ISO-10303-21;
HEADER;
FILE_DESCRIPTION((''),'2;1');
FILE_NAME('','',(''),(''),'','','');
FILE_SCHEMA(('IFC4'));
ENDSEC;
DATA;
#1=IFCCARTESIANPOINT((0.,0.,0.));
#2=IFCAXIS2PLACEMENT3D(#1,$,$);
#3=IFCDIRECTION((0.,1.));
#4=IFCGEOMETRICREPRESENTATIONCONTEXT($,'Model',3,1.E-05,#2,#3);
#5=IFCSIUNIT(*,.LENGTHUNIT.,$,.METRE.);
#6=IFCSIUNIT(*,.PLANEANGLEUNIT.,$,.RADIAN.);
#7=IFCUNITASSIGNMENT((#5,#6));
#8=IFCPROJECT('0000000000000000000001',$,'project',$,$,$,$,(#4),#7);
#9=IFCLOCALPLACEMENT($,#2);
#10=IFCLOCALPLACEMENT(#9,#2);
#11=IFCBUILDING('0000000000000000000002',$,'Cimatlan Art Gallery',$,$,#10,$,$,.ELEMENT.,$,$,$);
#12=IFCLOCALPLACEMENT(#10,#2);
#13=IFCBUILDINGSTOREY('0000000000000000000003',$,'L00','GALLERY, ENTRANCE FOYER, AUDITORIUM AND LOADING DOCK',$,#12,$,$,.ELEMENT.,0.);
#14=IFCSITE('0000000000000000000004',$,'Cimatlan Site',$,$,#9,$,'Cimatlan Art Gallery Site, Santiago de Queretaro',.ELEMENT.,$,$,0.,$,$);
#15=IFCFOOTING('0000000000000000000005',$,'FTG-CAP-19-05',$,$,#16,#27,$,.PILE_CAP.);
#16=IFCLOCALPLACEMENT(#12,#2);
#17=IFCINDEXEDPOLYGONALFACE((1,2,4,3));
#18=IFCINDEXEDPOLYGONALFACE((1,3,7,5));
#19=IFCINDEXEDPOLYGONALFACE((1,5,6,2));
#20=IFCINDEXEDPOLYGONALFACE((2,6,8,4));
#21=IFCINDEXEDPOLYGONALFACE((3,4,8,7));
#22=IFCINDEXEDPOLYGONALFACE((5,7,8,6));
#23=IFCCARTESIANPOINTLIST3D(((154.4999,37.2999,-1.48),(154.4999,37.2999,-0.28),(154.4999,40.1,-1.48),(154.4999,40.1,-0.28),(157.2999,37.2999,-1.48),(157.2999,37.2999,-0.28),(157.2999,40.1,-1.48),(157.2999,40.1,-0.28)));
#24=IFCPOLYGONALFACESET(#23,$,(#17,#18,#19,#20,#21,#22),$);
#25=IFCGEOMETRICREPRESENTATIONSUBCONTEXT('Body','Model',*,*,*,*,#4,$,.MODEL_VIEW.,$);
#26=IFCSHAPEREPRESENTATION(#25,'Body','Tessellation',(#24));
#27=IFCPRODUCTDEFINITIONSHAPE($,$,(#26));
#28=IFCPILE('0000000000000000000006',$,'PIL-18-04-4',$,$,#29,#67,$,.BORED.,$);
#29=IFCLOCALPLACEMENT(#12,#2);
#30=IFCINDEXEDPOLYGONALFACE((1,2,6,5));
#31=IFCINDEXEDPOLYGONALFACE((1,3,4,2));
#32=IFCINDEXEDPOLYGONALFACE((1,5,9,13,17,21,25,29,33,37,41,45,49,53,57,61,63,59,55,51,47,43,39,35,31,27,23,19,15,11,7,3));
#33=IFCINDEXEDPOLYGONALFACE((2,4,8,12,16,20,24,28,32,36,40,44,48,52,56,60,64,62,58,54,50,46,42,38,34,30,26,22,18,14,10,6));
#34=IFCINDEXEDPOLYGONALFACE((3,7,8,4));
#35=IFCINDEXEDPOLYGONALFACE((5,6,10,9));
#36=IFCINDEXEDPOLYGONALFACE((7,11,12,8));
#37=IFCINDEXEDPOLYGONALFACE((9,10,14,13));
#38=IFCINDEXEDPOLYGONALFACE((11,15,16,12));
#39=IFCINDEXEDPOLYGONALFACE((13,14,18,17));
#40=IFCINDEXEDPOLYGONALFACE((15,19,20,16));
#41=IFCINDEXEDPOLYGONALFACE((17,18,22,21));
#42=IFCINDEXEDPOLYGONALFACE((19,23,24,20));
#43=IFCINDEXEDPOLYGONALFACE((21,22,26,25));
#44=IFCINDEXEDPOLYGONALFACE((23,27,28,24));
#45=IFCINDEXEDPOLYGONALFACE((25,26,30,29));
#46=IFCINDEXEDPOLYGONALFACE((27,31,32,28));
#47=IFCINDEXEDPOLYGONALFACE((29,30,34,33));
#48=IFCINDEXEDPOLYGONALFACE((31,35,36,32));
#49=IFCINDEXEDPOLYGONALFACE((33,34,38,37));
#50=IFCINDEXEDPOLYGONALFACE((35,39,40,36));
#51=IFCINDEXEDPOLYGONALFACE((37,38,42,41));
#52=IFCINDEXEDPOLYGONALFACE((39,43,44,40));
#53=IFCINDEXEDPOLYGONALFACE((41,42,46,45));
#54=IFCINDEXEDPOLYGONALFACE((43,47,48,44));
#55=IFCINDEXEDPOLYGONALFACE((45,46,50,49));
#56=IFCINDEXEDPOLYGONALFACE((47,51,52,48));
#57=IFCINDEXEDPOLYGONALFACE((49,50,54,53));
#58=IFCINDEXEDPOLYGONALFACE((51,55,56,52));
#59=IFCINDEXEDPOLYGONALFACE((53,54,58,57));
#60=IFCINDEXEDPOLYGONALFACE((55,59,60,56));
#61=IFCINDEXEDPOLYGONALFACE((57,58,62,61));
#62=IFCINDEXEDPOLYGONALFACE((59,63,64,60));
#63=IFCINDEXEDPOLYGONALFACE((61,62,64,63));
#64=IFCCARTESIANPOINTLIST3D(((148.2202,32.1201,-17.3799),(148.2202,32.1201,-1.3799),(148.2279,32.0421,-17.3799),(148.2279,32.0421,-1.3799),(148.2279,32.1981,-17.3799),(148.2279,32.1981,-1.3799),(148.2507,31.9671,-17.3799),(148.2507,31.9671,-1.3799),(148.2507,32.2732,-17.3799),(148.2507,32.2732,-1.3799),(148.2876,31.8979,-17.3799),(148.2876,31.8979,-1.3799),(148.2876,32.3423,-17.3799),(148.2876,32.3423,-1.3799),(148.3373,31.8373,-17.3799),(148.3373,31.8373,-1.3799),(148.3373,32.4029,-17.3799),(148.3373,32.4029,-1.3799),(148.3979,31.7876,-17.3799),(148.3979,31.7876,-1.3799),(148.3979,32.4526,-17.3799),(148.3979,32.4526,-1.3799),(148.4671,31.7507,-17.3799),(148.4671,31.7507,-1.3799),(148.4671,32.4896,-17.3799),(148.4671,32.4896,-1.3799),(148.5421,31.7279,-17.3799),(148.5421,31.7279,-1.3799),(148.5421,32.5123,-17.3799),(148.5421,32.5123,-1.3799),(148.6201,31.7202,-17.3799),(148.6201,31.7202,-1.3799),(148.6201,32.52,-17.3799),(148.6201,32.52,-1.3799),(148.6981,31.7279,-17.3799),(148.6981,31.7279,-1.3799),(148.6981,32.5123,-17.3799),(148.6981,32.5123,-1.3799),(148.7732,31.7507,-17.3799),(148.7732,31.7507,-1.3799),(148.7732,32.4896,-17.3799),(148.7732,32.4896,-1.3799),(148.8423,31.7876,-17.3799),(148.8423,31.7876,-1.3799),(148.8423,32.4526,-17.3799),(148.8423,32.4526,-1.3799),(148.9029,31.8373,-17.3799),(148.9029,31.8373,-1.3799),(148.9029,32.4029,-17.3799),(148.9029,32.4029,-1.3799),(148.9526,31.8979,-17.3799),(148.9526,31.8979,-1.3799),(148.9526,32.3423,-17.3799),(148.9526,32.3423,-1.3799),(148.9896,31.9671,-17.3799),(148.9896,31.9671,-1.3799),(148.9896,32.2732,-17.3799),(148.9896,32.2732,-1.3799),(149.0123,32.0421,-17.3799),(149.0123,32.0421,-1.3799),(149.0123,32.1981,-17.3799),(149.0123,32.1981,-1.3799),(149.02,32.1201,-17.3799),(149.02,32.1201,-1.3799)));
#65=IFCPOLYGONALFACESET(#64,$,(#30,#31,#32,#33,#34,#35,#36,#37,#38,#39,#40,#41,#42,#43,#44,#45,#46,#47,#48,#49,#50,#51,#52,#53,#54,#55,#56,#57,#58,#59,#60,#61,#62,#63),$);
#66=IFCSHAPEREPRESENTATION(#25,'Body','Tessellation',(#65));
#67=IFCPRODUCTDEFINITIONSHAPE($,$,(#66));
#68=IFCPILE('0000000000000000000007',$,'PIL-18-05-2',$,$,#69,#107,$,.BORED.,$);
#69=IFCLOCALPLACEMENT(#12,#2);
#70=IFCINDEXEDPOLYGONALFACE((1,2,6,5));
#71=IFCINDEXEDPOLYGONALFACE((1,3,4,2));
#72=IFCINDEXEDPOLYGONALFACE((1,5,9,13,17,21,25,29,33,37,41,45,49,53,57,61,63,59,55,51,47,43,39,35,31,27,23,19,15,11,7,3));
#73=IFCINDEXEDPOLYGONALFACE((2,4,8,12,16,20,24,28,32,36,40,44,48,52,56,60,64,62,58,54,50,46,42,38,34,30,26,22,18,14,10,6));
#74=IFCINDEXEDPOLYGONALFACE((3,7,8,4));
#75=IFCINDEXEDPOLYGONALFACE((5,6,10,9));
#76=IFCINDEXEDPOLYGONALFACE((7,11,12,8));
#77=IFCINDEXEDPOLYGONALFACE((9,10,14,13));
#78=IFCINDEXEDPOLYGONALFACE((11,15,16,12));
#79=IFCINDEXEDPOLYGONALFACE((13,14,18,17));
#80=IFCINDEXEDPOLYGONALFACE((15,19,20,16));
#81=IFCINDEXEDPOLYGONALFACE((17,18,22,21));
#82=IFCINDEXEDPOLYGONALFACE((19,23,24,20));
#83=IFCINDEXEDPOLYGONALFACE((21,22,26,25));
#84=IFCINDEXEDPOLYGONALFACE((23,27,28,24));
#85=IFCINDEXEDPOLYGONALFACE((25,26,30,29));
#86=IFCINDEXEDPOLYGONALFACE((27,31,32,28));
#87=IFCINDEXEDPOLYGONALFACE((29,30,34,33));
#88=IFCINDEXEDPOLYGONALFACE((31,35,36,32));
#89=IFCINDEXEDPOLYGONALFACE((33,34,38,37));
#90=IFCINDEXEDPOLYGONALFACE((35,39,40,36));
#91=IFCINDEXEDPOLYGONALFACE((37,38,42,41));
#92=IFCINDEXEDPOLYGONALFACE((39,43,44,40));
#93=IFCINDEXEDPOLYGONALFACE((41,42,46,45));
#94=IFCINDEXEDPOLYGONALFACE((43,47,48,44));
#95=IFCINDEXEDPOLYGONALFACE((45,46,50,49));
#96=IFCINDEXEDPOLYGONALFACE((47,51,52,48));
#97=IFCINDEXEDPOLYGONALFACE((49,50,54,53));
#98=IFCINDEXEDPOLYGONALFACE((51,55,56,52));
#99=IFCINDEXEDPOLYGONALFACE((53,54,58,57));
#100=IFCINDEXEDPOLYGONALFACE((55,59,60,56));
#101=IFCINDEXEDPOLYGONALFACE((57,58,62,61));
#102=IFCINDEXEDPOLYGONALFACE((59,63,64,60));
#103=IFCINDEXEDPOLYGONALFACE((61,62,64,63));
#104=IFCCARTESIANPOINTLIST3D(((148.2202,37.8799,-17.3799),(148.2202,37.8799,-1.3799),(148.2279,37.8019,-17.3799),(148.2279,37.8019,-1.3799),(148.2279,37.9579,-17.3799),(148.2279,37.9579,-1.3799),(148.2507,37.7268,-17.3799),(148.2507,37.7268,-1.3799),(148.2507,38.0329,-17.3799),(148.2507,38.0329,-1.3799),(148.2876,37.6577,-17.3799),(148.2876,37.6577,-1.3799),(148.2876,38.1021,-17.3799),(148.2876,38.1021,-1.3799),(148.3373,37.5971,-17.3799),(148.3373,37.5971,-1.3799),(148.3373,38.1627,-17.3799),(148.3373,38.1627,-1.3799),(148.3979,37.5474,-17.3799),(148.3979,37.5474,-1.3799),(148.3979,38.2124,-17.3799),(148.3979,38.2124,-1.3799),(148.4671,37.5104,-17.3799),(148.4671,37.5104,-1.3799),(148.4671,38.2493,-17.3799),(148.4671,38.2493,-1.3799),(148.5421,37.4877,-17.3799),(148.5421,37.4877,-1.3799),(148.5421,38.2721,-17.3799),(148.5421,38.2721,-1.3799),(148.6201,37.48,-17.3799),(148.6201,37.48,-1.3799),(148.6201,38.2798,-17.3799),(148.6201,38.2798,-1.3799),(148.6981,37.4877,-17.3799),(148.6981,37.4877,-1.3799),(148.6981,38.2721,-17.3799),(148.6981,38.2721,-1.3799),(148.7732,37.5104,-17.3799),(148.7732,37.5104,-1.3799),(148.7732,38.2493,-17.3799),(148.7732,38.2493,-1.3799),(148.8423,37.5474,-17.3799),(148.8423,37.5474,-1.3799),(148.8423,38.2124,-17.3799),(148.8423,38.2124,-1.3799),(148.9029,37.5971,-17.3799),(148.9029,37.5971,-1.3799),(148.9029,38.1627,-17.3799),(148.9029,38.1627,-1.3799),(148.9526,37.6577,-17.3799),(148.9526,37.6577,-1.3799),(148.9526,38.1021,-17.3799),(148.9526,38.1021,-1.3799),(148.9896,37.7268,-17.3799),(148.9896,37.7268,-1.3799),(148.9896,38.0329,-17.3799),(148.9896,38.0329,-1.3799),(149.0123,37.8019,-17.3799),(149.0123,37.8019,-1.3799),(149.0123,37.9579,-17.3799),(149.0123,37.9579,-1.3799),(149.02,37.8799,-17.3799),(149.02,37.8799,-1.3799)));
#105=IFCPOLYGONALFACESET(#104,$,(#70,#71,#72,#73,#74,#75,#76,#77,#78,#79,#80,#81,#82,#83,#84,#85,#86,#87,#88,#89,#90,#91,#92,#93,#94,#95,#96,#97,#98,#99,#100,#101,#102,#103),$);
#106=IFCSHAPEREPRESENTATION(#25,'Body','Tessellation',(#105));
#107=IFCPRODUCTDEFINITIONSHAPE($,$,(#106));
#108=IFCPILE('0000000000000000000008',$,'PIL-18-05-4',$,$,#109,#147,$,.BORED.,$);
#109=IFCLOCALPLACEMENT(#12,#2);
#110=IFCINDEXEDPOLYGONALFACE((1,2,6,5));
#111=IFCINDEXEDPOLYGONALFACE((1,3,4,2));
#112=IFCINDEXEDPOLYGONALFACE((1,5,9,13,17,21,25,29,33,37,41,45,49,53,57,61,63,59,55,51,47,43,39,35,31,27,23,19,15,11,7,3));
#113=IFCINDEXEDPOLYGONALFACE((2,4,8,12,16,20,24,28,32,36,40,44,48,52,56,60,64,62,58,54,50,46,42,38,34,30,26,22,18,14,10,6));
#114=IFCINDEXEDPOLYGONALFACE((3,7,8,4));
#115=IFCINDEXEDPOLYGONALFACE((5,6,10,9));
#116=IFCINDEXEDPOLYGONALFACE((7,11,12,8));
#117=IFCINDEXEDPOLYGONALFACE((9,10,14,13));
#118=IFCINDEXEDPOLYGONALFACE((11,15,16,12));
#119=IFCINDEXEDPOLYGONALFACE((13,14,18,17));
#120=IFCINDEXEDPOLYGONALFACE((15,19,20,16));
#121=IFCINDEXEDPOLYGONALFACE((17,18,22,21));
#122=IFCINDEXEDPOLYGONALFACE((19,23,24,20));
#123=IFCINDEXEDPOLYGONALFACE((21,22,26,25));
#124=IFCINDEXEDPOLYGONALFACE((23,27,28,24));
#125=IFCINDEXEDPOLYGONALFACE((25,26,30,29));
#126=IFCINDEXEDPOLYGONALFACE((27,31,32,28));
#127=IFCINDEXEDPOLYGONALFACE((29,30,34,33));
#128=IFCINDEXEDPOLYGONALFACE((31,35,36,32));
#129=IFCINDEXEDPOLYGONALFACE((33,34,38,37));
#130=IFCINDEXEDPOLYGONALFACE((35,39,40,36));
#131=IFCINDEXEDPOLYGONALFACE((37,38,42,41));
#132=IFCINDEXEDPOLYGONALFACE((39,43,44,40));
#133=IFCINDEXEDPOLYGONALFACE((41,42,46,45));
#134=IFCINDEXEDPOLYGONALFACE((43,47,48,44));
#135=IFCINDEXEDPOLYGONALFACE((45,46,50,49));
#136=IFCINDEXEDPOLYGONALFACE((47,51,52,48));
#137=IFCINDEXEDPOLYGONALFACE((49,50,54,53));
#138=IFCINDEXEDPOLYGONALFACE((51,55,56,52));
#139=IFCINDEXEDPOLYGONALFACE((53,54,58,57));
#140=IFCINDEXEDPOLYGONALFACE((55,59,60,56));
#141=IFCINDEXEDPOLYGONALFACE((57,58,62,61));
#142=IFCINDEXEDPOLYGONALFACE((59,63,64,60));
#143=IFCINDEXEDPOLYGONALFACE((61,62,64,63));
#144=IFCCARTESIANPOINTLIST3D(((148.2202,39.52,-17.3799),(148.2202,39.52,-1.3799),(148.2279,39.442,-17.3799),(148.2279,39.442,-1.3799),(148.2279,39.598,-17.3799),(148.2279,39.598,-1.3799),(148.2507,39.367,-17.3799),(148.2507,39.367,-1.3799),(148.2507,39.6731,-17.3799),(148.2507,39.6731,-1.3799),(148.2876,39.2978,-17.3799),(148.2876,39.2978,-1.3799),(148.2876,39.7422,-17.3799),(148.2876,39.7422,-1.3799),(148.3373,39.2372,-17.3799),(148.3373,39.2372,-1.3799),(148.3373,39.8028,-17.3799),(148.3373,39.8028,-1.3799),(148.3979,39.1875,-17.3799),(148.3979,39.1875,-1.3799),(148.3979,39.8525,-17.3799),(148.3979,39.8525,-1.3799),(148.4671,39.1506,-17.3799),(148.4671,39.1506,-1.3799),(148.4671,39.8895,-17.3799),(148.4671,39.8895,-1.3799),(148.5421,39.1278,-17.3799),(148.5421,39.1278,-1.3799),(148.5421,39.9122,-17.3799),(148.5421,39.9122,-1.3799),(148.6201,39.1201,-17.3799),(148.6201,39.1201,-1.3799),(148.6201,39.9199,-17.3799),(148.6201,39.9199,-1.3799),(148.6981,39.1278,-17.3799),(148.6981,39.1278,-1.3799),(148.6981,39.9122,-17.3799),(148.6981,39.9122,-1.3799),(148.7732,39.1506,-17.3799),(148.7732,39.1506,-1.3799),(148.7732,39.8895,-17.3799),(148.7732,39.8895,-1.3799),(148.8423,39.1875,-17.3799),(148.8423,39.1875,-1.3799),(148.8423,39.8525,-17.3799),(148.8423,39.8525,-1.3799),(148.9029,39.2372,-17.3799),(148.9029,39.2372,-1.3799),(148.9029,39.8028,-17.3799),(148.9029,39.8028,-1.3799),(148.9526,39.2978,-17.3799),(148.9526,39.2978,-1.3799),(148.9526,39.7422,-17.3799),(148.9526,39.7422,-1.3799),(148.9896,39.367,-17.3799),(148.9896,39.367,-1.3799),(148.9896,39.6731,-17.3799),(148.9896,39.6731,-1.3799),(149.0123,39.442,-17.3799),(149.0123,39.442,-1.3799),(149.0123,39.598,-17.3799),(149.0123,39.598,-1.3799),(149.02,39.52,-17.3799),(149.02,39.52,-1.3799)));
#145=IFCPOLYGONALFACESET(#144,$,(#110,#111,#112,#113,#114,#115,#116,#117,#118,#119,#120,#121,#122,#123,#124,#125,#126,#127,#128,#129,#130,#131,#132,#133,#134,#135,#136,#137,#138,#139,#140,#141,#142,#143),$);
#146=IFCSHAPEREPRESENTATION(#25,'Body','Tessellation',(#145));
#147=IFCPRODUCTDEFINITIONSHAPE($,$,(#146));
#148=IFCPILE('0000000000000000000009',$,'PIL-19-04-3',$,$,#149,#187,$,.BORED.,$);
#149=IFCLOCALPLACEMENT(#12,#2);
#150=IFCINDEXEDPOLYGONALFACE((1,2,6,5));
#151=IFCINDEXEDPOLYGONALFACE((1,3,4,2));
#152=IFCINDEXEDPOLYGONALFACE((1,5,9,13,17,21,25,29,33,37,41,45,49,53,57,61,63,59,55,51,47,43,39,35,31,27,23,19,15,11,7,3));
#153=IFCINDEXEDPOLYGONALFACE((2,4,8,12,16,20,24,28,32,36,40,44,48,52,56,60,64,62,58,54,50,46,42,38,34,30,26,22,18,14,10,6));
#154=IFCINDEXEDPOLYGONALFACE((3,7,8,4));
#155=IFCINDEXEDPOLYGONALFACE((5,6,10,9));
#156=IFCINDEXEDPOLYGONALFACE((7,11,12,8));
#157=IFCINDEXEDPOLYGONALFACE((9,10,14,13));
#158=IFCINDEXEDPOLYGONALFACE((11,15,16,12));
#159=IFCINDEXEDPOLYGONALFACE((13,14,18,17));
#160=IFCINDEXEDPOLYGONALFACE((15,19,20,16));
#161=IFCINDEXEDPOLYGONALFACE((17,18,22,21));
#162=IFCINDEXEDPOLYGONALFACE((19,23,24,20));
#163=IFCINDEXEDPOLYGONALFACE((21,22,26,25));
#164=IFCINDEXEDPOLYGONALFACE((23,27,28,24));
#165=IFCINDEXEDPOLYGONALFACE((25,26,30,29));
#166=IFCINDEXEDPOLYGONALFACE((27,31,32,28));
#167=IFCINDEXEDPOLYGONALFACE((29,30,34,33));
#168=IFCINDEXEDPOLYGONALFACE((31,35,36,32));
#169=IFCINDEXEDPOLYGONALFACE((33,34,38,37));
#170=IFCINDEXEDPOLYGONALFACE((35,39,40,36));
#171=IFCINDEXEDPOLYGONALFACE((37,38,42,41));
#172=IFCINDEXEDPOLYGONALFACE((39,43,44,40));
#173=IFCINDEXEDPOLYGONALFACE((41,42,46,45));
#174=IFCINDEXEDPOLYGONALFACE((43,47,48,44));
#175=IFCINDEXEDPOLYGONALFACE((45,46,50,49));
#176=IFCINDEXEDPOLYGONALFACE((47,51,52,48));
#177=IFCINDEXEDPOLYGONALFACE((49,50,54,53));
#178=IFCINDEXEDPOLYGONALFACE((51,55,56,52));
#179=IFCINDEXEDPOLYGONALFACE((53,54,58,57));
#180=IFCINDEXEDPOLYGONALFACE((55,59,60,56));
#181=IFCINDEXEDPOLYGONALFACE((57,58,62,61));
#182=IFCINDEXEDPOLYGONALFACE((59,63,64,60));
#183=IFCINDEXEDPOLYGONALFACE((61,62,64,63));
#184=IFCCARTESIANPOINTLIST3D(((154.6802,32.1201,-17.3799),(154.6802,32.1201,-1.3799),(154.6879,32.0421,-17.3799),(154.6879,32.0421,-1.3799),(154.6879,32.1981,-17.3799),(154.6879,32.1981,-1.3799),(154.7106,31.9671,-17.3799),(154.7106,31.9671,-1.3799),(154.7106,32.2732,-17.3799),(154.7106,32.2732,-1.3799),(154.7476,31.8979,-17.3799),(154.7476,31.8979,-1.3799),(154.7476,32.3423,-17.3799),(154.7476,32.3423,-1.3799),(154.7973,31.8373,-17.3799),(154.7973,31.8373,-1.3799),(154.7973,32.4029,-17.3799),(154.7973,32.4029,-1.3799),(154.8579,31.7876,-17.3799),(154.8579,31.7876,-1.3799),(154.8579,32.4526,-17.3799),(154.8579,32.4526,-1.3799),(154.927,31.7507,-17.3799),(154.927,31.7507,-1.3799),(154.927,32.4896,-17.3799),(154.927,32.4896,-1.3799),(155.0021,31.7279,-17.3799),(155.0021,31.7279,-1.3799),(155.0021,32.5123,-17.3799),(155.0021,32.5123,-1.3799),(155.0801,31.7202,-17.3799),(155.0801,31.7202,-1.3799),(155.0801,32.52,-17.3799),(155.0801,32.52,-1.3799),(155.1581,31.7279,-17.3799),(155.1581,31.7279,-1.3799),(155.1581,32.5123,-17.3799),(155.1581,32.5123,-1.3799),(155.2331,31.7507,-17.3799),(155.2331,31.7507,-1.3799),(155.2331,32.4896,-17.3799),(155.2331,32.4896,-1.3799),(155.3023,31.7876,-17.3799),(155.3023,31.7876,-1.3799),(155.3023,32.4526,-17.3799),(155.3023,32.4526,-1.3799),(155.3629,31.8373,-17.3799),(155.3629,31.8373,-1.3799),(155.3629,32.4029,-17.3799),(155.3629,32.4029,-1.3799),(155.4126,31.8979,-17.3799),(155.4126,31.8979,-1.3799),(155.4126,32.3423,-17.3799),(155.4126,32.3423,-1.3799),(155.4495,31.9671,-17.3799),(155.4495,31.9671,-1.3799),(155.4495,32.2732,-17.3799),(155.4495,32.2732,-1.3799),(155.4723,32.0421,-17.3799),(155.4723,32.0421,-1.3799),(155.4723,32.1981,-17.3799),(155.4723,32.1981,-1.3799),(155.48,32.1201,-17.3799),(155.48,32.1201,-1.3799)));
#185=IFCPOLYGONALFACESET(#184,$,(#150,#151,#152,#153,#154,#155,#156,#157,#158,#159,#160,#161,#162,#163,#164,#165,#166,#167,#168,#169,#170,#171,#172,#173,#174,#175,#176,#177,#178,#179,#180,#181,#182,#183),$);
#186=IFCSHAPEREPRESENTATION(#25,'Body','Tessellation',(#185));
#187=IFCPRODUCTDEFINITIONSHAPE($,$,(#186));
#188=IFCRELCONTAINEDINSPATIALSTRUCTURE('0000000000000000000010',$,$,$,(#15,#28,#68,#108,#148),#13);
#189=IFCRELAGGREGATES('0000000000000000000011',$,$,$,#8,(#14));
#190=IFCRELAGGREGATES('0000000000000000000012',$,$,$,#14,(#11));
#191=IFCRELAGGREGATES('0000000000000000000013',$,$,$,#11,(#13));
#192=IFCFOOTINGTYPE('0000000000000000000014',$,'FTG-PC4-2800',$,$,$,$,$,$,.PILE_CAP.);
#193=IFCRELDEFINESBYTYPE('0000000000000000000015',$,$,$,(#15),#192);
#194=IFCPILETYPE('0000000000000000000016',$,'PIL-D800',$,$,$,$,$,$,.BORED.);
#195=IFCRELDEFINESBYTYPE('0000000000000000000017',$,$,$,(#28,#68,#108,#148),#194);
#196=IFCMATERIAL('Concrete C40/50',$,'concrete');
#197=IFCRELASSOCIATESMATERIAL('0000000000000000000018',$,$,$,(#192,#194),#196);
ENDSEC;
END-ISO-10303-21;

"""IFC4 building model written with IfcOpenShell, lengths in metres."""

from ifc_helpers import new_model, si_unit, direction, frame, origin, origin_2d, place, context, subcontext, project, spatial, rectangle, circle, extrude, material, type_object, element, save


model = new_model("IFC4")

# Units and contexts
model_context = context("Model", 3, precision=1e-05, world=origin(), true_north=direction((0.0, 1.0)))
body_context = subcontext(model_context, "Body", "Model", "MODEL_VIEW")
ifc_project = project(units=[si_unit("LENGTHUNIT", "METRE"), si_unit("PLANEANGLEUNIT", "RADIAN")], contexts=[model_context])

# Site, building, storey
site_placement = place(None, origin())
site = spatial("IfcSite", under=ifc_project, at=site_placement, Name="Cimatlan Site", LongName="Cimatlan Art Gallery Site, Santiago de Queretaro", CompositionType="ELEMENT", RefElevation=0.0)
building_placement = place(site_placement, origin())
building = spatial("IfcBuilding", under=site, at=building_placement, Name="Cimatlan Art Gallery", CompositionType="ELEMENT")
storey_placement = place(building_placement, origin())
storey = spatial("IfcBuildingStorey", under=building, at=storey_placement, Name="L00", Description="GALLERY, ENTRANCE FOYER, AUDITORIUM AND LOADING DOCK", CompositionType="ELEMENT", Elevation=0.0)

# Footing
ifc_material_1 = material(Name="Concrete C40/50", Category="concrete")
footing_type = type_object("IfcFootingType", Name="FTG-PC4-2800", PredefinedType="PILE_CAP", material=ifc_material_1)
footing_placement = place(storey_placement, frame((155.8999, 38.7, -1.48), z_axis=(0.0, 0.0, 1.0), x_axis=(1.0, 0.0, 0.0)))
element("IfcFooting", 1, at=footing_placement, inside=storey, type_object=footing_type, Name="FTG-CAP-19-05", PredefinedType="PILE_CAP", context=body_context, shape_type="SweptSolid", body=[
    extrude(rectangle(XDim=2.8, YDim=2.8, at=origin_2d()), origin(), (0.0, 0.0, 1.0), 1.2),
])

# Piles
pile_type = type_object("IfcPileType", Name="PIL-D800", PredefinedType="BORED", material=ifc_material_1)
for number, where, z_axis, x_axis, name in (
    (2, (148.6201, 32.1201, -1.3799), (0.0, 0.0, -1.0), (1.0, 0.0, 0.0), "PIL-18-04-4"),
    (3, (148.6201, 37.8799, -1.3799), (0.0, 0.0, -1.0), (1.0, 0.0, 0.0), "PIL-18-05-2"),
    (4, (148.6201, 39.52, -1.3799), (0.0, 0.0, -1.0), (1.0, 0.0, 0.0), "PIL-18-05-4"),
    (5, (155.0801, 32.1201, -1.3799), (0.0, 0.0, -1.0), (1.0, 0.0, 0.0), "PIL-19-04-3"),
):
    element("IfcPile", number, at=place(storey_placement, frame(where, z_axis=z_axis, x_axis=x_axis)), inside=storey, type_object=pile_type, Name=name, PredefinedType="BORED", context=body_context, shape_type="SweptSolid", body=[
        extrude(circle(Radius=0.3999, at=origin_2d()), origin(), (0.0, 0.0, 1.0), 16.0),
    ])

save(model, "model.ifc")
